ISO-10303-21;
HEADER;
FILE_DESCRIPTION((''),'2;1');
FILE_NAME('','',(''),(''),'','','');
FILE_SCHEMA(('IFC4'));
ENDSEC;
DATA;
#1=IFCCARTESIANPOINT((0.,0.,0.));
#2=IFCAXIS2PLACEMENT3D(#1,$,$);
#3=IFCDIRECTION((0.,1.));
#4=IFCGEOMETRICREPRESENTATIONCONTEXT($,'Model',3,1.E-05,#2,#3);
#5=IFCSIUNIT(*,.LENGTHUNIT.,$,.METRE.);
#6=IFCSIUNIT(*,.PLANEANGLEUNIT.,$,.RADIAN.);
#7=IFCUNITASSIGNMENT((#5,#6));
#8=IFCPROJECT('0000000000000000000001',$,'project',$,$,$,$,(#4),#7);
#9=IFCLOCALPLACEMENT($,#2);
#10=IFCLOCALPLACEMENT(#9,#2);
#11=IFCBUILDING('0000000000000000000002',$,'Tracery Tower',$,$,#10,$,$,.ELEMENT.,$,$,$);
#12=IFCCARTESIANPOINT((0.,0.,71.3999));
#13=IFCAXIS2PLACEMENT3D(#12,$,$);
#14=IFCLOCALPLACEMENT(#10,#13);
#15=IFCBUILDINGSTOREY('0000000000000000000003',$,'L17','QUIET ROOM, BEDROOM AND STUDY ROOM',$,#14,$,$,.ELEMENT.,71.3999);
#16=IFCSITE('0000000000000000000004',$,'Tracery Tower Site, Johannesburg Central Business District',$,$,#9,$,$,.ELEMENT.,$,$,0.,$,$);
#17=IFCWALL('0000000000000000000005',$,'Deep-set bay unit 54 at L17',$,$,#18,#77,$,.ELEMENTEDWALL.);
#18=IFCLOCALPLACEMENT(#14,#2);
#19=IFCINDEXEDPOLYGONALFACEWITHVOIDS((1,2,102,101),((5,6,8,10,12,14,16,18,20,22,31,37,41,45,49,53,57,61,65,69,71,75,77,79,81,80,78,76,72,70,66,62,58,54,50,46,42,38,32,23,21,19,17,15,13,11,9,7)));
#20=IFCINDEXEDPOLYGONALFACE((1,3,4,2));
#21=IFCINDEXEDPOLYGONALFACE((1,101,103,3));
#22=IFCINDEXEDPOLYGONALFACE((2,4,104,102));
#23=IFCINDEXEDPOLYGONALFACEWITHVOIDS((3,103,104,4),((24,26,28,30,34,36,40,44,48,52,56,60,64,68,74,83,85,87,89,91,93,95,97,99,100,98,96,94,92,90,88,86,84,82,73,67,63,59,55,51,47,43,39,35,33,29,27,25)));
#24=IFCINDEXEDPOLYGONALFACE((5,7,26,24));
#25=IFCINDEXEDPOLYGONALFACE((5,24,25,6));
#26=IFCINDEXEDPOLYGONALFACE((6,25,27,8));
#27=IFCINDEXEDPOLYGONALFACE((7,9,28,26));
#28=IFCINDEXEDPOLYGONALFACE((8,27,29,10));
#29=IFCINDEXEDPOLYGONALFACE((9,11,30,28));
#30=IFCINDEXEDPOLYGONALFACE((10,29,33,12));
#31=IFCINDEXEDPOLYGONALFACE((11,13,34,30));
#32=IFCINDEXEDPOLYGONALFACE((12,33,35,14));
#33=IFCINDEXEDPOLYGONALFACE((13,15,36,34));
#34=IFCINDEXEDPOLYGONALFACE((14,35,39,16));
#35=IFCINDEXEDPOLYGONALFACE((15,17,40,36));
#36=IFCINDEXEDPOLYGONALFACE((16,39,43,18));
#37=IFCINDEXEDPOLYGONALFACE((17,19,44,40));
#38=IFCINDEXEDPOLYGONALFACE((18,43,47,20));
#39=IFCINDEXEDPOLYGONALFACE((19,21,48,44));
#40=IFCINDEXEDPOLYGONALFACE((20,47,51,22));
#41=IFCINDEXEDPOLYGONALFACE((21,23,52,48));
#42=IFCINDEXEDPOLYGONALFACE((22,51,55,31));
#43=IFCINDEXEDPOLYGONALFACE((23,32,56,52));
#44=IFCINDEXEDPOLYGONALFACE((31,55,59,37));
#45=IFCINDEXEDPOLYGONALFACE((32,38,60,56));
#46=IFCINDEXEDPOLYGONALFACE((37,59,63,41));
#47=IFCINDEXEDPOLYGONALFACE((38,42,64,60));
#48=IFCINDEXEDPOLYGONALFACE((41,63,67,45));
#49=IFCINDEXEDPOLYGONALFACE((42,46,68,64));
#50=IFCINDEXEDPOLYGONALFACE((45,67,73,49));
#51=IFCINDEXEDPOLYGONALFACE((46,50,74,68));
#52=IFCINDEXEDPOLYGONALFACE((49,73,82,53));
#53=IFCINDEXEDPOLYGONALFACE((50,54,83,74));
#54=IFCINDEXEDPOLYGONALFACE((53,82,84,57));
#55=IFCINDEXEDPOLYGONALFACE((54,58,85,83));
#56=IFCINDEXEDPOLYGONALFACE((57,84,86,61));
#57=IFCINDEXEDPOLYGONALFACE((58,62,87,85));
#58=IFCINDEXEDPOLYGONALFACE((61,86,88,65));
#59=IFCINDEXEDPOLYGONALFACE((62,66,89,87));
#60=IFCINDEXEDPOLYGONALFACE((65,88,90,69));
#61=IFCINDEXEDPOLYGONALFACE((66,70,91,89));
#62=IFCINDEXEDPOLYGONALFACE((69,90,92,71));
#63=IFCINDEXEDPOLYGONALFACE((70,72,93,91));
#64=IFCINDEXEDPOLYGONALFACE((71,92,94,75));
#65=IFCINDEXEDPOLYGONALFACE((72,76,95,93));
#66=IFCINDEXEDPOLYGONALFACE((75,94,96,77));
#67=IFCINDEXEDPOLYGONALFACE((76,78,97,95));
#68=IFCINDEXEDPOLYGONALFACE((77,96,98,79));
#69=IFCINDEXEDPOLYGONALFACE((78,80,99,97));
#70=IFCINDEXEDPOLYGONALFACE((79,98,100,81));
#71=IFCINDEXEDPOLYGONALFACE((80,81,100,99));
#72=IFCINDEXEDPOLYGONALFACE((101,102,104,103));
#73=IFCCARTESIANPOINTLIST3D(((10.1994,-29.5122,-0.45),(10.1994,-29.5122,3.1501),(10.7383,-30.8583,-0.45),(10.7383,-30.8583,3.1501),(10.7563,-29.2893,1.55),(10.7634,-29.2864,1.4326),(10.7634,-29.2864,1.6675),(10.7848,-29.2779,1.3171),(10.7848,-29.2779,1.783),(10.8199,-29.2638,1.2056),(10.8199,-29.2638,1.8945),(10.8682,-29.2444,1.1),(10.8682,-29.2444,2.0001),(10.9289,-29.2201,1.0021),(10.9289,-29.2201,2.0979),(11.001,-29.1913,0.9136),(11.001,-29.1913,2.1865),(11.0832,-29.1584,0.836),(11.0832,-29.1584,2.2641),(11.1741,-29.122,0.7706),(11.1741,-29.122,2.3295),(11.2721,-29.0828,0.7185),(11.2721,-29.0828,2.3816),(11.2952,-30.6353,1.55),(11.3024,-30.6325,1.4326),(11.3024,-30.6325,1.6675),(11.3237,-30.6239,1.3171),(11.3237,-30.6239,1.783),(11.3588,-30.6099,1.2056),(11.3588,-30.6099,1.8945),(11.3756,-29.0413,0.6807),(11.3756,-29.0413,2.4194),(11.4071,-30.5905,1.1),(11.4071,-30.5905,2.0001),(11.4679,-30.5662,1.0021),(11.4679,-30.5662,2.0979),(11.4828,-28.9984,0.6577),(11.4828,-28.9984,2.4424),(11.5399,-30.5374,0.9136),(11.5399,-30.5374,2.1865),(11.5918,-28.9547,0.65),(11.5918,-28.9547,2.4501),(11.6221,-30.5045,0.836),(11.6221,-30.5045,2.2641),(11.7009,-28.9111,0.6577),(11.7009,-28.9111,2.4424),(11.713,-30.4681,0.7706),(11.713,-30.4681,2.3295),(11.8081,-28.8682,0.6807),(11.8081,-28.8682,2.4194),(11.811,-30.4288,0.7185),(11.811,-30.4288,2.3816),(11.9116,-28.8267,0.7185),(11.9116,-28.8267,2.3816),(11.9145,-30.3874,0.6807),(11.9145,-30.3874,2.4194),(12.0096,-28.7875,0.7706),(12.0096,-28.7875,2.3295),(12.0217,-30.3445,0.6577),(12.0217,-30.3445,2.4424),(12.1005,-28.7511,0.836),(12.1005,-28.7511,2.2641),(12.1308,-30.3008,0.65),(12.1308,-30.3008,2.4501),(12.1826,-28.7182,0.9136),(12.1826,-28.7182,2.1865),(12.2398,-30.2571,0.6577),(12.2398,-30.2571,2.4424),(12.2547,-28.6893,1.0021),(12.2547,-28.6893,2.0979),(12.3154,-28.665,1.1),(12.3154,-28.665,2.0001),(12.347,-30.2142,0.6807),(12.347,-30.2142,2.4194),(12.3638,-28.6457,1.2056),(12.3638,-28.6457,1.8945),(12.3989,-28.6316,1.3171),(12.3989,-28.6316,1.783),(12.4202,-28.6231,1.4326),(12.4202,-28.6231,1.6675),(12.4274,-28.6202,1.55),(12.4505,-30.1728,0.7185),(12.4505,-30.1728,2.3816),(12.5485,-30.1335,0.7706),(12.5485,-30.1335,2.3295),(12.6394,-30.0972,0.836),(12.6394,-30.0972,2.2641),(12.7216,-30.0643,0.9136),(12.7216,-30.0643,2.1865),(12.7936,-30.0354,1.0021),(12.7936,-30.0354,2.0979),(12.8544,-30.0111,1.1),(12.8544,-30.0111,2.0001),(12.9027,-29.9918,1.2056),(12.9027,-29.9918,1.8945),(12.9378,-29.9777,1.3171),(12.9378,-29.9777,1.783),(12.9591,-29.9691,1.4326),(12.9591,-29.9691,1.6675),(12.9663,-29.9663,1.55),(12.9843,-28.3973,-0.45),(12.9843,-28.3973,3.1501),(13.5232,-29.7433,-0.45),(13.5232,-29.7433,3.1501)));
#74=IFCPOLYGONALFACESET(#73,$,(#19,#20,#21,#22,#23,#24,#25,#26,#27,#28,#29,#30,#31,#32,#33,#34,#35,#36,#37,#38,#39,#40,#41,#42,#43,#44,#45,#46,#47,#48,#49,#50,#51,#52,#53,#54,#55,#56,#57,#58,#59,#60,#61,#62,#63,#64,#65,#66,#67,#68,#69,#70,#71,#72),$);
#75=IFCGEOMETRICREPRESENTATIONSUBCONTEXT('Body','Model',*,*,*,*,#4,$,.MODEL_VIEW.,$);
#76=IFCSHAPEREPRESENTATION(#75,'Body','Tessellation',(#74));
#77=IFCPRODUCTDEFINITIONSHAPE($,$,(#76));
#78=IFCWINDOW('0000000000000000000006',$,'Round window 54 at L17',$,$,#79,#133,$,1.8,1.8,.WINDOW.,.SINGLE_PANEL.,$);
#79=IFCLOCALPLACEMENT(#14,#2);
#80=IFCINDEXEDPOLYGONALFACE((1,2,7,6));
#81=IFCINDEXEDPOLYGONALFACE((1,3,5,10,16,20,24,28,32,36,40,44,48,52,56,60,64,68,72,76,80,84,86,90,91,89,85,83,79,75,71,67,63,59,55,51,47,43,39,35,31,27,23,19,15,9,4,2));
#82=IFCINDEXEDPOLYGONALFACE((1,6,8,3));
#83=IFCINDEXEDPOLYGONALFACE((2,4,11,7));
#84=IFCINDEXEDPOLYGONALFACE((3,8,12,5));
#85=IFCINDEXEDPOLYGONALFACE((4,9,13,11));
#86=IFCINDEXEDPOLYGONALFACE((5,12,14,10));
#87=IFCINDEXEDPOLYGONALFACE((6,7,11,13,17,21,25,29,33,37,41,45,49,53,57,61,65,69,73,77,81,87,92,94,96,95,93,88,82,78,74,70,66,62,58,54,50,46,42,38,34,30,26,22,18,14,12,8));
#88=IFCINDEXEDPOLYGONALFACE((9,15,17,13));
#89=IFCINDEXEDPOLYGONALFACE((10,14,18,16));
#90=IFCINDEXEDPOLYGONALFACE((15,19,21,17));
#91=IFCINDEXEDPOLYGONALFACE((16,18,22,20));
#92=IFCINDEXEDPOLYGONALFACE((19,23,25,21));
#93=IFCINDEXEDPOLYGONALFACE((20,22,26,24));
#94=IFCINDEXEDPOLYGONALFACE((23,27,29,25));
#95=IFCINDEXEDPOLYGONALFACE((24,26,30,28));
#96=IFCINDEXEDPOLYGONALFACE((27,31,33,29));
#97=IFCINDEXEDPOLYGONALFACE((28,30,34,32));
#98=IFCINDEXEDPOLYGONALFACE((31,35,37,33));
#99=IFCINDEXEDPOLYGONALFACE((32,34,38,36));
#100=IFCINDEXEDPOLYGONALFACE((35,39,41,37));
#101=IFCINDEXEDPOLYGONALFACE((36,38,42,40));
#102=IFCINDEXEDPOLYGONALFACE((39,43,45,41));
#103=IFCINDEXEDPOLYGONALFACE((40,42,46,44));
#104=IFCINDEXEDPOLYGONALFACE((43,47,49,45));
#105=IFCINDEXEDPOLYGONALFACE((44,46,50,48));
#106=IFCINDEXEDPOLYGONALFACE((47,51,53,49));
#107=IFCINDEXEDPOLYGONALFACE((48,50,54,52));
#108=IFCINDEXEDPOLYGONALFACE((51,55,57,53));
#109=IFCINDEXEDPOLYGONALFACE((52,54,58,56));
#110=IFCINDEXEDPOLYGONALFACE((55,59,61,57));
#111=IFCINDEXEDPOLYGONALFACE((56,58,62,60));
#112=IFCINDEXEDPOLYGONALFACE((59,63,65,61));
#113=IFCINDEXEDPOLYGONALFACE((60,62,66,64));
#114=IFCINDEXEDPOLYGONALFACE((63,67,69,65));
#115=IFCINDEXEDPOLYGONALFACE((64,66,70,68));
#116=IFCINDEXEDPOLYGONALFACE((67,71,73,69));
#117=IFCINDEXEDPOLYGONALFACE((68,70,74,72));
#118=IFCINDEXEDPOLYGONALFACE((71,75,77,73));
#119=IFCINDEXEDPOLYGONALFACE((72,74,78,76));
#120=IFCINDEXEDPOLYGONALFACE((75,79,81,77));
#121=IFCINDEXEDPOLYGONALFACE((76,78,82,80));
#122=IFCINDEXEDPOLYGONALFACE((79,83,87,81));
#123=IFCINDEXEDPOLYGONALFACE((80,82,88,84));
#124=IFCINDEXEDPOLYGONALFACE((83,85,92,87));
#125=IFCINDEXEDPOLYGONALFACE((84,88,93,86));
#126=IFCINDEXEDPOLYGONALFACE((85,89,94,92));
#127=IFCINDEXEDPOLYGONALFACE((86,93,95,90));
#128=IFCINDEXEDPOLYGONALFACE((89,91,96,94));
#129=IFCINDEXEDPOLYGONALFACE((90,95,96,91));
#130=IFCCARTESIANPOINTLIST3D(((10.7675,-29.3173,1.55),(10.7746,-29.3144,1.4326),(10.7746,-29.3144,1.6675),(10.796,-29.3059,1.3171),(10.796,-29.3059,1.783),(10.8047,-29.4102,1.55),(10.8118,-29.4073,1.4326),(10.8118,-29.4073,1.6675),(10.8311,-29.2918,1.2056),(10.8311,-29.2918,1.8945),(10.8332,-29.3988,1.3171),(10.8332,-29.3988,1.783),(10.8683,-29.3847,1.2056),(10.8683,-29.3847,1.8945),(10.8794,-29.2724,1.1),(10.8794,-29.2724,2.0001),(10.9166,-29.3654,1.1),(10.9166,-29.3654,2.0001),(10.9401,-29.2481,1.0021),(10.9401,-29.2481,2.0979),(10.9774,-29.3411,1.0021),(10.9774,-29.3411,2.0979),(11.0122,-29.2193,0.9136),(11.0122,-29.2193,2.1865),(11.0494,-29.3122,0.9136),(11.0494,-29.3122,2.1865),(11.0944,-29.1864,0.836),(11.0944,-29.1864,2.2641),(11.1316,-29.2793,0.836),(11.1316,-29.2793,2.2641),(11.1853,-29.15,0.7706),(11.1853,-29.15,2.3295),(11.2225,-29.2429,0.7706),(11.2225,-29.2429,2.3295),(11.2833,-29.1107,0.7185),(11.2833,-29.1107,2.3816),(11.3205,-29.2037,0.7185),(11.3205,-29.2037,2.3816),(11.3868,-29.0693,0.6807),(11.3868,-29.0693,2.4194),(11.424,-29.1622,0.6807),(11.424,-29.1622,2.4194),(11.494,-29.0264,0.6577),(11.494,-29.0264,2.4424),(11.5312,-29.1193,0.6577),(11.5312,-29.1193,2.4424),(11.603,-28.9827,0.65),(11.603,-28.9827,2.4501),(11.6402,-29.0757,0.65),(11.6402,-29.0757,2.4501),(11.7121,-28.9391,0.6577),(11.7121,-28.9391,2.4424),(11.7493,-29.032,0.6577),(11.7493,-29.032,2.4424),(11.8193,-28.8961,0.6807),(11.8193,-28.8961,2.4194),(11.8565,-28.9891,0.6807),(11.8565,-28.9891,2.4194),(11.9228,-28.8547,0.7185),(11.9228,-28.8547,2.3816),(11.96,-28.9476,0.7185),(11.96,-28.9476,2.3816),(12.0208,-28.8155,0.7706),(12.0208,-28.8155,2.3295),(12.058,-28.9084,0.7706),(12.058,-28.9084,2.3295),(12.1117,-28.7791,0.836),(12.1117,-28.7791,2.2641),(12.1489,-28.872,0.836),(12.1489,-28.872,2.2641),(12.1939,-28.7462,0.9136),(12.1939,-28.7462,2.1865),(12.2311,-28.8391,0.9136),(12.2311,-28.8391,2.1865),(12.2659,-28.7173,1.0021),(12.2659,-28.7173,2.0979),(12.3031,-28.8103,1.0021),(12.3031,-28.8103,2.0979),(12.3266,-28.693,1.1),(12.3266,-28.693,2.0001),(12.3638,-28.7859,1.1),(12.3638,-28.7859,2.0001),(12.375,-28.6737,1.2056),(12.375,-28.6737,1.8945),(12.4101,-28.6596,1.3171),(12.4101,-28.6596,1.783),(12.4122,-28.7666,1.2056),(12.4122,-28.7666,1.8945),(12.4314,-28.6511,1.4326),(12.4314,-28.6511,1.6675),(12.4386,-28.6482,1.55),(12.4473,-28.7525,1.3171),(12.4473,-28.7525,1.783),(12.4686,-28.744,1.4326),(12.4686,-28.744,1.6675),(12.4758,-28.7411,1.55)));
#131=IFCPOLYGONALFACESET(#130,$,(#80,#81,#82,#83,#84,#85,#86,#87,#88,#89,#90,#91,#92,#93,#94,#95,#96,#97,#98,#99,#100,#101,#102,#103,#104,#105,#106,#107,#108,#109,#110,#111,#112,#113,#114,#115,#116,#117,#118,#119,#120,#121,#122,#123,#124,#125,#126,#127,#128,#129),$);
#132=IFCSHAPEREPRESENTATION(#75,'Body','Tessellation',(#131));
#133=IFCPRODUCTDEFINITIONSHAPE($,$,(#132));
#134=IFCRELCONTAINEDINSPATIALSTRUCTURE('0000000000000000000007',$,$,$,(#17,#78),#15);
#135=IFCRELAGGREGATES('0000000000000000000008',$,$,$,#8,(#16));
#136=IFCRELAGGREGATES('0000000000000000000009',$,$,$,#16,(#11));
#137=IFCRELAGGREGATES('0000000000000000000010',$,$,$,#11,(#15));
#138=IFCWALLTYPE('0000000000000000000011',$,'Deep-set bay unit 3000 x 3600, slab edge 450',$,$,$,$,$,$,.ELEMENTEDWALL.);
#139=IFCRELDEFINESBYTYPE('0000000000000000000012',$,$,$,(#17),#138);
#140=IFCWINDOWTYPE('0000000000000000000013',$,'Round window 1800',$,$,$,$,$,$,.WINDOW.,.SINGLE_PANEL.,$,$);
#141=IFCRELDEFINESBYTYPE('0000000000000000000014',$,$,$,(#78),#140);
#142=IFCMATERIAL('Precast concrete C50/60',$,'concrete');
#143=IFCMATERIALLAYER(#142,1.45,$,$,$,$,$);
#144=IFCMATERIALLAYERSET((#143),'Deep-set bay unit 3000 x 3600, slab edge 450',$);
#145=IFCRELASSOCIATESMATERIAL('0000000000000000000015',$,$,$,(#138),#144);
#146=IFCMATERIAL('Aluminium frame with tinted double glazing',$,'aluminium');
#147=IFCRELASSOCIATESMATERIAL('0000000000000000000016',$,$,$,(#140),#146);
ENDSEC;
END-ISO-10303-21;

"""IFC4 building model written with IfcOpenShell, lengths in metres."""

from ifc_helpers import new_model, si_unit, direction, frame, frame_2d, origin, origin_2d, place, context, subcontext, project, spatial, rectangle, circle, extrude, material, layer, layer_set, type_object, element, fill, save


model = new_model("IFC4")

# Units and contexts
model_context = context("Model", 3, precision=1e-05, world=origin(), true_north=direction((0.0, 1.0)))
body_context = subcontext(model_context, "Body", "Model", "MODEL_VIEW")
ifc_project = project(units=[si_unit("LENGTHUNIT", "METRE"), si_unit("PLANEANGLEUNIT", "RADIAN")], contexts=[model_context])

# Site, building, storey
site_placement = place(None, origin())
site = spatial("IfcSite", under=ifc_project, at=site_placement, Name="Tracery Tower Site, Johannesburg Central Business District", CompositionType="ELEMENT", RefElevation=0.0)
building_placement = place(site_placement, origin())
building = spatial("IfcBuilding", under=site, at=building_placement, Name="Tracery Tower", CompositionType="ELEMENT")
storey_placement = place(building_placement, frame((0.0, 0.0, 71.3999)))
storey = spatial("IfcBuildingStorey", under=building, at=storey_placement, Name="L17", Description="QUIET ROOM, BEDROOM AND STUDY ROOM", CompositionType="ELEMENT", Elevation=71.3999)

# Wall, opening, window
ifc_material_1 = material(Name="Precast concrete C50/60", Category="concrete")
ifc_layer_1 = layer(ifc_material_1, 1.45)
ifc_layer_set_1 = layer_set([ifc_layer_1], Name="Deep-set bay unit 3000 x 3600, slab edge 450")
wall_type_1 = type_object("IfcWallType", Name="Deep-set bay unit 3000 x 3600, slab edge 450", PredefinedType="ELEMENTEDWALL", material=ifc_layer_set_1)
wall_1_placement = place(storey_placement, frame((10.4688, -30.1853, -0.45), z_axis=(0.0, 0.0, 1.0), x_axis=(0.928359, 0.371685, 0.0)))
wall_1 = element("IfcWall", 1, at=wall_1_placement, inside=storey, type_object=wall_type_1, Name="Deep-set bay unit 54 at L17", PredefinedType="ELEMENTEDWALL", context=body_context, shape_type="SweptSolid", body=[
    extrude(rectangle(XDim=2.9998, YDim=1.45, at=frame_2d((1.5, 0.0))), origin(), (0.0, 0.0, 1.0), 3.6001),
])
opening_1_placement = place(wall_1_placement, frame((1.5, 0.0, 2.0)))
opening_1 = element("IfcOpeningElement", 2, at=opening_1_placement, cuts=wall_1, PredefinedType="OPENING", context=body_context, shape_type="SweptSolid", body=[
    extrude(circle(Radius=0.9, at=origin_2d()), frame((0.0, 0.7349, 0.0), z_axis=(0.0, -1.0, 0.0), x_axis=(1.0, 0.0, 0.0)), (0.0, 0.0, 1.0), 1.47),
])
ifc_material_2 = material(Name="Aluminium frame with tinted double glazing", Category="aluminium")
window_type = type_object("IfcWindowType", Name="Round window 1800", PartitioningType="SINGLE_PANEL", PredefinedType="WINDOW", material=ifc_material_2)
window_1_placement = place(opening_1_placement, origin())
window_1 = element("IfcWindow", 3, at=window_1_placement, inside=storey, type_object=window_type, Name="Round window 54 at L17", OverallHeight=1.8, OverallWidth=1.8, PartitioningType="SINGLE_PANEL", PredefinedType="WINDOW", context=body_context, shape_type="SweptSolid", body=[
    extrude(circle(Radius=0.9, at=origin_2d()), frame((0.0, 0.6948, 0.0), z_axis=(0.0, -1.0, 0.0), x_axis=(1.0, 0.0, 0.0)), (0.0, 0.0, 1.0), 0.1001),
])
fill(opening_1, window_1)

save(model, "model.ifc")
